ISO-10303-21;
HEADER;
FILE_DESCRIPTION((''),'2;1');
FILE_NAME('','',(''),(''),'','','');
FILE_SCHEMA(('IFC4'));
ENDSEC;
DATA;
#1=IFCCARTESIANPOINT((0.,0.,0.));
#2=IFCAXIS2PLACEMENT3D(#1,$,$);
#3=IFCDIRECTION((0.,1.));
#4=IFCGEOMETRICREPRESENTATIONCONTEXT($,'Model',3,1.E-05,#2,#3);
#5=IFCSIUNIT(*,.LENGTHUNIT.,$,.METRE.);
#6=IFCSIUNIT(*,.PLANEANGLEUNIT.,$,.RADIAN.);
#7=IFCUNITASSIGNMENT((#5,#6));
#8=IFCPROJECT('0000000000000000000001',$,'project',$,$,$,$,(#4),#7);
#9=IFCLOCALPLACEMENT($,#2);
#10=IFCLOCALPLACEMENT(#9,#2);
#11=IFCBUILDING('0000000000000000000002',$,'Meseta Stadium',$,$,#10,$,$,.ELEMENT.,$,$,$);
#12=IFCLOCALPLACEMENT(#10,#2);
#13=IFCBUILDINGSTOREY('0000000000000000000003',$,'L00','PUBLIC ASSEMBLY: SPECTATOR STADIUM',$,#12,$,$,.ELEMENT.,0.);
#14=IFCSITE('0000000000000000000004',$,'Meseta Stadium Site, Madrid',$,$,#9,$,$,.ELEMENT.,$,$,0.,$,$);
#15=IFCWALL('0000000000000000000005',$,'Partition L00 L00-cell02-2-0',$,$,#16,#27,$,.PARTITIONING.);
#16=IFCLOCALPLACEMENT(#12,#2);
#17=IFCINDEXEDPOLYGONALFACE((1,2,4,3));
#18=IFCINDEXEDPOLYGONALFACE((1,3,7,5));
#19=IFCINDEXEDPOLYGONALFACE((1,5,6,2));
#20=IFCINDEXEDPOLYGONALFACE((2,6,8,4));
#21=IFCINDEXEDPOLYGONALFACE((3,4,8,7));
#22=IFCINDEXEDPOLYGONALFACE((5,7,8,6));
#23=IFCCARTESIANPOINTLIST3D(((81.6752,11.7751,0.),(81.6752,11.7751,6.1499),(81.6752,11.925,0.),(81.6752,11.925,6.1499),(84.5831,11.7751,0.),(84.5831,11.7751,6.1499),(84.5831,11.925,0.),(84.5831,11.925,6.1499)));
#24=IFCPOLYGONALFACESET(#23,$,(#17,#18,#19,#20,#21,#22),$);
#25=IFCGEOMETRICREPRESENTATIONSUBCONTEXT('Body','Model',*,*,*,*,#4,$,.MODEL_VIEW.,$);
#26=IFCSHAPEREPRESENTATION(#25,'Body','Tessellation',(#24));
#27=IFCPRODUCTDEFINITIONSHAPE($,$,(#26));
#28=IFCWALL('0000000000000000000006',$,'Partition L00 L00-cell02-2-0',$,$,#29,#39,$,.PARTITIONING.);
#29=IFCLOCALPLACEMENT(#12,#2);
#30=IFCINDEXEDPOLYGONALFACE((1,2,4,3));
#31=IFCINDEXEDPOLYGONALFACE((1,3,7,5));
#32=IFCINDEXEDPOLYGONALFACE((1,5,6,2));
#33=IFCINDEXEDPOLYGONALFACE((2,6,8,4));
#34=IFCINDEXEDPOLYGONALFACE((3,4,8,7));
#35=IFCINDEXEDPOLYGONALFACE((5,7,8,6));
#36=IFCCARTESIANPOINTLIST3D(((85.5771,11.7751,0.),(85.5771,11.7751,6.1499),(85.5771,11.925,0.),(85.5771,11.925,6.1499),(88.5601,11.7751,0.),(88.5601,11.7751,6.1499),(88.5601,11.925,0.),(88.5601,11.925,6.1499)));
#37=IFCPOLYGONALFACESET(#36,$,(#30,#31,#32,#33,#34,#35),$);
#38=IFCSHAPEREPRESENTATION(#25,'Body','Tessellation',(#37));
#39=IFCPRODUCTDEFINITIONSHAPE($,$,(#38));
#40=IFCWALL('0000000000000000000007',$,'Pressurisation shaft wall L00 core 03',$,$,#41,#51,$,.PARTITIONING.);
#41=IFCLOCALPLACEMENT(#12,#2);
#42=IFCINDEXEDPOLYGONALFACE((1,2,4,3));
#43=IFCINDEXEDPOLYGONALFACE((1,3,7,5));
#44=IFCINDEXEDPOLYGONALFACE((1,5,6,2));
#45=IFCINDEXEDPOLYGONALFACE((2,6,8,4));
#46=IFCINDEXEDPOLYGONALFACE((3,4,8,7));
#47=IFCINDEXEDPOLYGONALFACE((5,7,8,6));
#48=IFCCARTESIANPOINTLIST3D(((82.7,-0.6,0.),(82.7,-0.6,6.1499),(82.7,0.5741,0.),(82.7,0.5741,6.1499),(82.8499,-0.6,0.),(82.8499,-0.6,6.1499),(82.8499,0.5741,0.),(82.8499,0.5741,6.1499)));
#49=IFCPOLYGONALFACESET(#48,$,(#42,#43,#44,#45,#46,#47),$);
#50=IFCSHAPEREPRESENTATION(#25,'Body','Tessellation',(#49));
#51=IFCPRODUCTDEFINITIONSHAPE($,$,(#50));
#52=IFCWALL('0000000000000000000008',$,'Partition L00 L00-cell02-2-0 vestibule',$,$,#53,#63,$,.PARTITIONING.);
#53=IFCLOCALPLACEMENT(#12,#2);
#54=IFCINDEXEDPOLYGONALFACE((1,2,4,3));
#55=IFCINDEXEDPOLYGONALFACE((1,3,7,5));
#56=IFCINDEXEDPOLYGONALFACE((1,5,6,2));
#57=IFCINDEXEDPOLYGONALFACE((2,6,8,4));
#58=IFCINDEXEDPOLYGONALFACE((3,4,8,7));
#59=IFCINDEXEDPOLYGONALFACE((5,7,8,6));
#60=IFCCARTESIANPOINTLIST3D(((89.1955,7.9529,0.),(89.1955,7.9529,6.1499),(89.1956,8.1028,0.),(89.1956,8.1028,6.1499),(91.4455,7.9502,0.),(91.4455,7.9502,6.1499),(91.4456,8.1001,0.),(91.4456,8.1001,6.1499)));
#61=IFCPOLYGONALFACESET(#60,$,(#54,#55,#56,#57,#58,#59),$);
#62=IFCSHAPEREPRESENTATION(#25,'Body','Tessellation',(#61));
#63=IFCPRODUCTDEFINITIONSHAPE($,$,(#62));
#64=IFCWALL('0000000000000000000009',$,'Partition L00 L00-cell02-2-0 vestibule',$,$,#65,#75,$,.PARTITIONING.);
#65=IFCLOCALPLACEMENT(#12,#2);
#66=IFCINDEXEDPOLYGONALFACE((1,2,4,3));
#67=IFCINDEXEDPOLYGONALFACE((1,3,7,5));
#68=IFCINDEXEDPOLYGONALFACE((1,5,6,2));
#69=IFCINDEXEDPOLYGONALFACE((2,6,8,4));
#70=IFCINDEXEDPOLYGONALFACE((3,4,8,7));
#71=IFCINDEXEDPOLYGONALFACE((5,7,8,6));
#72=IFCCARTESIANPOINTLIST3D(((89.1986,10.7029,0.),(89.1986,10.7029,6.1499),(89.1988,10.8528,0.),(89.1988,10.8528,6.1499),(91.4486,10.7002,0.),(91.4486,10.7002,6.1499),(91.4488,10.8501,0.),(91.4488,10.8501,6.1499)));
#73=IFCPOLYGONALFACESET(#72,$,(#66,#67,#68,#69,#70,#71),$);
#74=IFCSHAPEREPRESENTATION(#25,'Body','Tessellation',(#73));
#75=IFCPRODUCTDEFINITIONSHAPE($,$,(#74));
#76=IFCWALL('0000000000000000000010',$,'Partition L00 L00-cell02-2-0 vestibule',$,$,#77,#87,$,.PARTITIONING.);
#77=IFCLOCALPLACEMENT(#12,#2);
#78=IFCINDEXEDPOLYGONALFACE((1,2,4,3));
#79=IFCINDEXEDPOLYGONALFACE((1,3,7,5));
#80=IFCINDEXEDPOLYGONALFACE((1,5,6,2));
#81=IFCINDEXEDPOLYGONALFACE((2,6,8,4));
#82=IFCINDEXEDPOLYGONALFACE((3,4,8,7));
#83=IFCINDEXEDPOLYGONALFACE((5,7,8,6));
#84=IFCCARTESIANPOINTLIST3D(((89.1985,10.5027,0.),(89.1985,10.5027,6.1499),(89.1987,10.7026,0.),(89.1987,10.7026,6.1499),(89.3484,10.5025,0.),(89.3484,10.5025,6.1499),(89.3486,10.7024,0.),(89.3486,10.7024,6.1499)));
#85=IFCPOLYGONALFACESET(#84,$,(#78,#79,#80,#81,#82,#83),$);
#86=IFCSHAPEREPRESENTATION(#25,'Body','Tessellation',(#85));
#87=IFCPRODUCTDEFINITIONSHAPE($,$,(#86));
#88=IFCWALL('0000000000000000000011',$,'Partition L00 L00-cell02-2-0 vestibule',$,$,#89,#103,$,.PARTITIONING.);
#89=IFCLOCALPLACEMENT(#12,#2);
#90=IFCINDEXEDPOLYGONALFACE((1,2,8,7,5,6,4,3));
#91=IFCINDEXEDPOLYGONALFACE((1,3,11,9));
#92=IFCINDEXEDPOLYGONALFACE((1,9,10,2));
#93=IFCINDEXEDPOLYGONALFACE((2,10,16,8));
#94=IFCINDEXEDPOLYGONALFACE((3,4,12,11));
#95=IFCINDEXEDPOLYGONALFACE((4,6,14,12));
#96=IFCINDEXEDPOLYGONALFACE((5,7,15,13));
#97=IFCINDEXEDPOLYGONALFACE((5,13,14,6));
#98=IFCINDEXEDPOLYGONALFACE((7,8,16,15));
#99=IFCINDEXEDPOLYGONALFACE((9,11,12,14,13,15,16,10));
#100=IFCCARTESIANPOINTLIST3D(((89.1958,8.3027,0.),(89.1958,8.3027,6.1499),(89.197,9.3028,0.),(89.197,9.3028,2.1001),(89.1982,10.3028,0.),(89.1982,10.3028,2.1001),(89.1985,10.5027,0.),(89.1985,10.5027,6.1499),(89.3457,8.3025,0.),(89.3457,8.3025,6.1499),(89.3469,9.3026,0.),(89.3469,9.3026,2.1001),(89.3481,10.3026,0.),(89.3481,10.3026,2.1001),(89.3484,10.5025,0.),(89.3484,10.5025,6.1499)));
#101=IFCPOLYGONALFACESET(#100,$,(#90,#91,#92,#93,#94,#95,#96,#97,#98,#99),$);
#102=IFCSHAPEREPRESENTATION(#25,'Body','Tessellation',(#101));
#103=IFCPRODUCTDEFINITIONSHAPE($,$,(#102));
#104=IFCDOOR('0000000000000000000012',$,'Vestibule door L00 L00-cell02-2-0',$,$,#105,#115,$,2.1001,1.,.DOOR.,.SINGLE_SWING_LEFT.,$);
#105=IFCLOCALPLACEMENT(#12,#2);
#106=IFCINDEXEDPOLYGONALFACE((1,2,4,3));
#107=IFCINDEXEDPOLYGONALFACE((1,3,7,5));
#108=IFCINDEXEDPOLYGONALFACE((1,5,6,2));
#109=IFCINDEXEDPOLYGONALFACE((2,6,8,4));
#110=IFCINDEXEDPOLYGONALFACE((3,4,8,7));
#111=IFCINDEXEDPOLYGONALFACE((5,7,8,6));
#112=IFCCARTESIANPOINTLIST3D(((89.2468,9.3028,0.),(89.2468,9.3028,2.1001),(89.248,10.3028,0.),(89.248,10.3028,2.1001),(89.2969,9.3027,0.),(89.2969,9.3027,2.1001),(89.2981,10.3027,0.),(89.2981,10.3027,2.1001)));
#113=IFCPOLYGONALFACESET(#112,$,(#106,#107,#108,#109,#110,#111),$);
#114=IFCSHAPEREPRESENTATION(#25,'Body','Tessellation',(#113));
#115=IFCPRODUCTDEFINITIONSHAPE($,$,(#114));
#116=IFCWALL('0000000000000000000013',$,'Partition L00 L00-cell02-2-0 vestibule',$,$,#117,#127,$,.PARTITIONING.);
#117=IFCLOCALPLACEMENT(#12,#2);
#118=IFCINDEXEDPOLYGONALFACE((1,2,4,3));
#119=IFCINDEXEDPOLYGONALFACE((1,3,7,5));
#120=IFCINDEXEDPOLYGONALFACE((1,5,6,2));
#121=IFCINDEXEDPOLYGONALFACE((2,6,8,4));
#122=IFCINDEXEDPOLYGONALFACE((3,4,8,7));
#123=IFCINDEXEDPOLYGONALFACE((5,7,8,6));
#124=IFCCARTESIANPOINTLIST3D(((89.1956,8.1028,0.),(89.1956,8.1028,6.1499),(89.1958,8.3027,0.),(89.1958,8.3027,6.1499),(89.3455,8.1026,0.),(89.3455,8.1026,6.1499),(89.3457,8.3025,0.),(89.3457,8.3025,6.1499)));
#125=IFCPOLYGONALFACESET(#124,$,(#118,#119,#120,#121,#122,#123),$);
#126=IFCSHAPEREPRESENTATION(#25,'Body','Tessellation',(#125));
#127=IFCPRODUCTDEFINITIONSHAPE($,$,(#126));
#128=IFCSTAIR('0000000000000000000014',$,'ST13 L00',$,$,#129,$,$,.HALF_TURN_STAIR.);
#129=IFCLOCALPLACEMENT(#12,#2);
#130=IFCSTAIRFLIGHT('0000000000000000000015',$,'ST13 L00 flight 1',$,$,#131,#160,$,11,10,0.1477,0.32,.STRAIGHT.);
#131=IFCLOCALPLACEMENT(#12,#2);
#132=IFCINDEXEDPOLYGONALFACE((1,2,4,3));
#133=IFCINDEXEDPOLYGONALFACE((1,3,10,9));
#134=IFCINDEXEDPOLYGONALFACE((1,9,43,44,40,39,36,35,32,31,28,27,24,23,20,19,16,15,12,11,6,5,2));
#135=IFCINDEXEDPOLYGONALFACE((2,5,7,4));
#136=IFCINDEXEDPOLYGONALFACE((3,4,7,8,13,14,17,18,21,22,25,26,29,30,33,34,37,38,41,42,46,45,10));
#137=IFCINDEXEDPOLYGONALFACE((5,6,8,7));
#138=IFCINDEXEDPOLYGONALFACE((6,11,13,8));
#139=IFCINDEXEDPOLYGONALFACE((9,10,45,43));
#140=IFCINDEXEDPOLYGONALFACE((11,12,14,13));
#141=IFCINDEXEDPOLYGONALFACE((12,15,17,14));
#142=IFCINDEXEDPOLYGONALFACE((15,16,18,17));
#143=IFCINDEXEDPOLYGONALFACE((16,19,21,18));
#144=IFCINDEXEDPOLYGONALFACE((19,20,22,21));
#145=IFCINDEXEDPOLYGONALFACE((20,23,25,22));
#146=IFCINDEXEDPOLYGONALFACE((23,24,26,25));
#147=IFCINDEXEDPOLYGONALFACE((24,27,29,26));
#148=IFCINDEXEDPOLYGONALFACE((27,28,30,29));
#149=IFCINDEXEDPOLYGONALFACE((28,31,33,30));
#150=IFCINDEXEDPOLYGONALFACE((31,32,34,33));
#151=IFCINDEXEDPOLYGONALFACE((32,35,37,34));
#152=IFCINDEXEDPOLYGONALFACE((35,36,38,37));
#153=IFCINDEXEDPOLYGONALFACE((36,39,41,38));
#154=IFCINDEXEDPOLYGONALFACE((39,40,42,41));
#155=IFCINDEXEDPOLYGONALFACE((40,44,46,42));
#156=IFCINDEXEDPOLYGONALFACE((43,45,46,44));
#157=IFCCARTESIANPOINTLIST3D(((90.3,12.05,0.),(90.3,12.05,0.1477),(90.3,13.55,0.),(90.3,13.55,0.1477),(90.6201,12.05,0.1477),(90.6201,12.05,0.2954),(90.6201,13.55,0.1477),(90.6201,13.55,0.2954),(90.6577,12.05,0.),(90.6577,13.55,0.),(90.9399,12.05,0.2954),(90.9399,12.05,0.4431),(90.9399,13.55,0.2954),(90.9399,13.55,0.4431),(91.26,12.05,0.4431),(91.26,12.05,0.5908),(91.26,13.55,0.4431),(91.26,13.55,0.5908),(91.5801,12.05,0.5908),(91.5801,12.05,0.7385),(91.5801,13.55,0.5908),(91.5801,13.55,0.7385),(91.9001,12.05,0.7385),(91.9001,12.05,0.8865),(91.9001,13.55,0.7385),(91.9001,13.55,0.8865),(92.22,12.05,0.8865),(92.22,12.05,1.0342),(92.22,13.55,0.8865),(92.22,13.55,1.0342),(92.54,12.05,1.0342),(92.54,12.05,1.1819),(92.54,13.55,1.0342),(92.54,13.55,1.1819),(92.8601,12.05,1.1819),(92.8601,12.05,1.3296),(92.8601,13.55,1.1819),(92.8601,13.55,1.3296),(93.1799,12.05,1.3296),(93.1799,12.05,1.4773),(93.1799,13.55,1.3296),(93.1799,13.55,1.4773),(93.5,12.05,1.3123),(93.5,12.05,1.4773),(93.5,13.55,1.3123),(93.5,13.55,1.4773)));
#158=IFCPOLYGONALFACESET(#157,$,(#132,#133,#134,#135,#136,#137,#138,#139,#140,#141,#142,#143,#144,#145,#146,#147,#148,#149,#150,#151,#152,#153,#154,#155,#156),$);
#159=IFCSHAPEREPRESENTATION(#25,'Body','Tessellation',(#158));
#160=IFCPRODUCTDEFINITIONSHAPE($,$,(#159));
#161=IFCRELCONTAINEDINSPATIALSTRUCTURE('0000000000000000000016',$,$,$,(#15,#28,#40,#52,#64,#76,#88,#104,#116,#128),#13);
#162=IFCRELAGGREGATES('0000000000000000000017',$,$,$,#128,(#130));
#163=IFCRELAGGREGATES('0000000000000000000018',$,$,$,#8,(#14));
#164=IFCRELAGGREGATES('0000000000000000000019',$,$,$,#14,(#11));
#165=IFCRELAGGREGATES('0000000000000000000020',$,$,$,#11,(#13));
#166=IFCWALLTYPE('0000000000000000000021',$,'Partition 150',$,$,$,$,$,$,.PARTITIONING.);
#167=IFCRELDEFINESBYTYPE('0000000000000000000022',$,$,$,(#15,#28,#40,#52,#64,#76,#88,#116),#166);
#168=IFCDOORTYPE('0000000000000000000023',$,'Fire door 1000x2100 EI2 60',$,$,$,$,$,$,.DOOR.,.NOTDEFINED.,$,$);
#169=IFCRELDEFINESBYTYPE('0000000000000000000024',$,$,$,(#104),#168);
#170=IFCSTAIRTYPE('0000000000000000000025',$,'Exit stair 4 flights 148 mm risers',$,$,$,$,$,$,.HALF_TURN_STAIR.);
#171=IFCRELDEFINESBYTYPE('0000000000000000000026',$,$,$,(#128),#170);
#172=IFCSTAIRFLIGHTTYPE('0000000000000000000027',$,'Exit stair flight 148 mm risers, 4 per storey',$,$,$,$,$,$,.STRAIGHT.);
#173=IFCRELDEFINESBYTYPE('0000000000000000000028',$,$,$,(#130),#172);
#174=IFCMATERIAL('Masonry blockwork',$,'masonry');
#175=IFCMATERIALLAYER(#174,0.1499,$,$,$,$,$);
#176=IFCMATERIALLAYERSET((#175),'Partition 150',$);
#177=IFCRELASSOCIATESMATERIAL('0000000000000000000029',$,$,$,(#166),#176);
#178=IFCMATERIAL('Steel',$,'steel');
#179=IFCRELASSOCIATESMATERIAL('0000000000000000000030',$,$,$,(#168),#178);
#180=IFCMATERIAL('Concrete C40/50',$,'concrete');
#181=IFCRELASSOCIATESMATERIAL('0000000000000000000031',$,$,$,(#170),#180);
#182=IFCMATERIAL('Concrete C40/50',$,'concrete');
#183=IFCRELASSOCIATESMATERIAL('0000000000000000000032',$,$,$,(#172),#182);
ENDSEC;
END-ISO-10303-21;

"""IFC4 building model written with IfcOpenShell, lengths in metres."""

from ifc_helpers import new_model, si_unit, direction, frame, frame_2d, origin, place, context, subcontext, project, spatial, polyline, rectangle, outline, extrude, material, layer, layer_set, type_object, element, fill, aggregate, save


model = new_model("IFC4")

# Units and contexts
model_context = context("Model", 3, precision=1e-05, world=origin(), true_north=direction((0.0, 1.0)))
body_context = subcontext(model_context, "Body", "Model", "MODEL_VIEW")
ifc_project = project(units=[si_unit("LENGTHUNIT", "METRE"), si_unit("PLANEANGLEUNIT", "RADIAN")], contexts=[model_context])

# Site, building, storey
site_placement = place(None, origin())
site = spatial("IfcSite", under=ifc_project, at=site_placement, Name="Meseta Stadium Site, Madrid", CompositionType="ELEMENT", RefElevation=0.0)
building_placement = place(site_placement, origin())
building = spatial("IfcBuilding", under=site, at=building_placement, Name="Meseta Stadium", CompositionType="ELEMENT")
storey_placement = place(building_placement, origin())
storey = spatial("IfcBuildingStorey", under=building, at=storey_placement, Name="L00", Description="PUBLIC ASSEMBLY: SPECTATOR STADIUM", CompositionType="ELEMENT", Elevation=0.0)

# Walls
ifc_material_1 = material(Name="Masonry blockwork", Category="masonry")
ifc_layer_1 = layer(ifc_material_1, 0.1499)
ifc_layer_set_1 = layer_set([ifc_layer_1], Name="Partition 150")
wall_type_1 = type_object("IfcWallType", Name="Partition 150", PredefinedType="PARTITIONING", material=ifc_layer_set_1)
wall_1_placement = place(storey_placement, frame((81.675, 11.8501, 0.0), z_axis=(0.0, 0.0, 1.0), x_axis=(1.0, 0.0, 0.0)))
element("IfcWall", 1, at=wall_1_placement, inside=storey, type_object=wall_type_1, Name="Partition L00 L00-cell02-2-0", PredefinedType="PARTITIONING", context=body_context, shape_type="SweptSolid", body=[
    extrude(rectangle(XDim=2.908, YDim=0.1499, at=frame_2d((1.4541, 0.0))), origin(), (0.0, 0.0, 1.0), 6.1499),
])
wall_2_placement = place(storey_placement, frame((85.5771, 11.8501, 0.0), z_axis=(0.0, 0.0, 1.0), x_axis=(1.0, 0.0, 0.0)))
element("IfcWall", 2, at=wall_2_placement, inside=storey, type_object=wall_type_1, Name="Partition L00 L00-cell02-2-0", PredefinedType="PARTITIONING", context=body_context, shape_type="SweptSolid", body=[
    extrude(rectangle(XDim=2.9829, YDim=0.1499, at=frame_2d((1.4915, 0.0))), origin(), (0.0, 0.0, 1.0), 6.1499),
])
wall_3_placement = place(storey_placement, frame((82.7749, 0.574, 0.0), z_axis=(0.0, 0.0, 1.0), x_axis=(0.0, -1.0, 0.0)))
element("IfcWall", 3, at=wall_3_placement, inside=storey, type_object=wall_type_1, Name="Pressurisation shaft wall L00 core 03", PredefinedType="PARTITIONING", context=body_context, shape_type="SweptSolid", body=[
    extrude(rectangle(XDim=1.1741, YDim=0.1499, at=frame_2d((0.5869, 0.0))), origin(), (0.0, 0.0, 1.0), 6.1499),
])
for number, where, z_axis, x_axis, name in (
    (4, (91.4456, 8.0251, 0.0), (0.0, 0.0, 1.0), (-0.999999, 0.001194, 0.0), "Partition L00 L00-cell02-2-0 vestibule"),
    (5, (91.4487, 10.7751, 0.0), (0.0, 0.0, 1.0), (-0.999999, 0.001194, 0.0), "Partition L00 L00-cell02-2-0 vestibule"),
):
    element("IfcWall", number, at=place(storey_placement, frame(where, z_axis=z_axis, x_axis=x_axis)), inside=storey, type_object=wall_type_1, Name=name, PredefinedType="PARTITIONING", context=body_context, shape_type="SweptSolid", body=[
        extrude(rectangle(XDim=2.25, YDim=0.1499, at=frame_2d((1.125, 0.0))), origin(), (0.0, 0.0, 1.0), 6.1499),
    ])
wall_4_placement = place(storey_placement, frame((89.2737, 10.7026, 0.0), z_axis=(0.0, 0.0, 1.0), x_axis=(-0.001221, -0.999999, 0.0)))
element("IfcWall", 6, at=wall_4_placement, inside=storey, type_object=wall_type_1, Name="Partition L00 L00-cell02-2-0 vestibule", PredefinedType="PARTITIONING", context=body_context, shape_type="SweptSolid", body=[
    extrude(rectangle(XDim=0.2, YDim=0.1499, at=frame_2d((0.1001, 0.0))), origin(), (0.0, 0.0, 1.0), 6.1499),
])

# Wall, opening, door
wall_5_placement = place(storey_placement, frame((89.2734, 10.5027, 0.0), z_axis=(0.0, 0.0, 1.0), x_axis=(-0.001221, -0.999999, 0.0)))
wall_5 = element("IfcWall", 7, at=wall_5_placement, inside=storey, type_object=wall_type_1, Name="Partition L00 L00-cell02-2-0 vestibule", PredefinedType="PARTITIONING", context=body_context, shape_type="SweptSolid", body=[
    extrude(rectangle(XDim=2.2, YDim=0.1499, at=frame_2d((1.1001, 0.0))), origin(), (0.0, 0.0, 1.0), 6.1499),
])
opening_1_placement = place(wall_5_placement, frame((0.2, 0.0, 0.0)))
opening_1 = element("IfcOpeningElement", 8, at=opening_1_placement, cuts=wall_5, PredefinedType="OPENING", context=body_context, shape_type="SweptSolid", body=[
    extrude(rectangle(XDim=1.0, YDim=2.1001, at=frame_2d((0.5, 1.05))), frame((0.0, 0.085, 0.0), z_axis=(0.0, -1.0, 0.0), x_axis=(1.0, 0.0, 0.0)), (0.0, 0.0, 1.0), 0.1699),
])
ifc_material_2 = material(Name="Steel", Category="steel")
door_type_1 = type_object("IfcDoorType", Name="Fire door 1000x2100 EI2 60", OperationType="NOTDEFINED", PredefinedType="DOOR", material=ifc_material_2)
door_1_placement = place(opening_1_placement, origin())
door_1 = element("IfcDoor", 9, at=door_1_placement, inside=storey, type_object=door_type_1, Name="Vestibule door L00 L00-cell02-2-0", OperationType="SINGLE_SWING_LEFT", OverallHeight=2.1001, OverallWidth=1.0, PredefinedType="DOOR", context=body_context, shape_type="SweptSolid", body=[
    extrude(rectangle(XDim=1.0, YDim=2.1001, at=frame_2d((0.5, 1.05))), frame((0.0, 0.0249, 0.0), z_axis=(0.0, -1.0, 0.0), x_axis=(1.0, 0.0, 0.0)), (0.0, 0.0, 1.0), 0.05),
])
fill(opening_1, door_1)

# Wall
wall_6_placement = place(storey_placement, frame((89.2708, 8.3027, 0.0), z_axis=(0.0, 0.0, 1.0), x_axis=(-0.001221, -0.999999, 0.0)))
element("IfcWall", 10, at=wall_6_placement, inside=storey, type_object=wall_type_1, Name="Partition L00 L00-cell02-2-0 vestibule", PredefinedType="PARTITIONING", context=body_context, shape_type="SweptSolid", body=[
    extrude(rectangle(XDim=0.2, YDim=0.1499, at=frame_2d((0.1001, 0.0))), origin(), (0.0, 0.0, 1.0), 6.1499),
])

# Stair, stair flight
ifc_material_3 = material(Name="Concrete C40/50", Category="concrete")
stair_type = type_object("IfcStairType", Name="Exit stair 4 flights 148 mm risers", PredefinedType="HALF_TURN_STAIR", material=ifc_material_3)
stair_1_placement = place(storey_placement, origin())
stair_1 = element("IfcStair", 11, at=stair_1_placement, inside=storey, type_object=stair_type, Name="ST13 L00", PredefinedType="HALF_TURN_STAIR")
ifc_material_4 = material(Name="Concrete C40/50", Category="concrete")
stair_flight_type = type_object("IfcStairFlightType", Name="Exit stair flight 148 mm risers, 4 per storey", PredefinedType="STRAIGHT", material=ifc_material_4)
stair_flight_1_placement = place(storey_placement, frame((90.3, 12.8, 0.0), z_axis=(0.0, 0.0, 1.0), x_axis=(1.0, 0.0, 0.0)))
stair_flight_1 = element("IfcStairFlight", 12, at=stair_flight_1_placement, type_object=stair_flight_type, Name="ST13 L00 flight 1", NumberOfRisers=11, NumberOfTreads=10, PredefinedType="STRAIGHT", RiserHeight=0.1477, TreadLength=0.32, context=body_context, shape_type="SweptSolid", body=[
    extrude(outline(polyline([(0.0, 0.0), (0.0, 0.1477), (0.3201, 0.1477), (0.3201, 0.2954), (0.6399, 0.2954), (0.6399, 0.4431), (0.96, 0.4431), (0.96, 0.5908), (1.28, 0.5908), (1.28, 0.7385), (1.6001, 0.7385), (1.6001, 0.8865), (1.9199, 0.8865), (1.9199, 1.0342), (2.24, 1.0342), (2.24, 1.1819), (2.5601, 1.1819), (2.5601, 1.3296), (2.8799, 1.3296), (2.8799, 1.4773), (3.2, 1.4773), (3.2, 1.3123), (0.3577, 0.0), (0.0, 0.0)])), frame((0.0, 0.75, 0.0), z_axis=(0.0, -1.0, 0.0), x_axis=(1.0, 0.0, 0.0)), (0.0, 0.0, 1.0), 1.5),
])
aggregate(stair_1, [stair_flight_1])

save(model, "model.ifc")
